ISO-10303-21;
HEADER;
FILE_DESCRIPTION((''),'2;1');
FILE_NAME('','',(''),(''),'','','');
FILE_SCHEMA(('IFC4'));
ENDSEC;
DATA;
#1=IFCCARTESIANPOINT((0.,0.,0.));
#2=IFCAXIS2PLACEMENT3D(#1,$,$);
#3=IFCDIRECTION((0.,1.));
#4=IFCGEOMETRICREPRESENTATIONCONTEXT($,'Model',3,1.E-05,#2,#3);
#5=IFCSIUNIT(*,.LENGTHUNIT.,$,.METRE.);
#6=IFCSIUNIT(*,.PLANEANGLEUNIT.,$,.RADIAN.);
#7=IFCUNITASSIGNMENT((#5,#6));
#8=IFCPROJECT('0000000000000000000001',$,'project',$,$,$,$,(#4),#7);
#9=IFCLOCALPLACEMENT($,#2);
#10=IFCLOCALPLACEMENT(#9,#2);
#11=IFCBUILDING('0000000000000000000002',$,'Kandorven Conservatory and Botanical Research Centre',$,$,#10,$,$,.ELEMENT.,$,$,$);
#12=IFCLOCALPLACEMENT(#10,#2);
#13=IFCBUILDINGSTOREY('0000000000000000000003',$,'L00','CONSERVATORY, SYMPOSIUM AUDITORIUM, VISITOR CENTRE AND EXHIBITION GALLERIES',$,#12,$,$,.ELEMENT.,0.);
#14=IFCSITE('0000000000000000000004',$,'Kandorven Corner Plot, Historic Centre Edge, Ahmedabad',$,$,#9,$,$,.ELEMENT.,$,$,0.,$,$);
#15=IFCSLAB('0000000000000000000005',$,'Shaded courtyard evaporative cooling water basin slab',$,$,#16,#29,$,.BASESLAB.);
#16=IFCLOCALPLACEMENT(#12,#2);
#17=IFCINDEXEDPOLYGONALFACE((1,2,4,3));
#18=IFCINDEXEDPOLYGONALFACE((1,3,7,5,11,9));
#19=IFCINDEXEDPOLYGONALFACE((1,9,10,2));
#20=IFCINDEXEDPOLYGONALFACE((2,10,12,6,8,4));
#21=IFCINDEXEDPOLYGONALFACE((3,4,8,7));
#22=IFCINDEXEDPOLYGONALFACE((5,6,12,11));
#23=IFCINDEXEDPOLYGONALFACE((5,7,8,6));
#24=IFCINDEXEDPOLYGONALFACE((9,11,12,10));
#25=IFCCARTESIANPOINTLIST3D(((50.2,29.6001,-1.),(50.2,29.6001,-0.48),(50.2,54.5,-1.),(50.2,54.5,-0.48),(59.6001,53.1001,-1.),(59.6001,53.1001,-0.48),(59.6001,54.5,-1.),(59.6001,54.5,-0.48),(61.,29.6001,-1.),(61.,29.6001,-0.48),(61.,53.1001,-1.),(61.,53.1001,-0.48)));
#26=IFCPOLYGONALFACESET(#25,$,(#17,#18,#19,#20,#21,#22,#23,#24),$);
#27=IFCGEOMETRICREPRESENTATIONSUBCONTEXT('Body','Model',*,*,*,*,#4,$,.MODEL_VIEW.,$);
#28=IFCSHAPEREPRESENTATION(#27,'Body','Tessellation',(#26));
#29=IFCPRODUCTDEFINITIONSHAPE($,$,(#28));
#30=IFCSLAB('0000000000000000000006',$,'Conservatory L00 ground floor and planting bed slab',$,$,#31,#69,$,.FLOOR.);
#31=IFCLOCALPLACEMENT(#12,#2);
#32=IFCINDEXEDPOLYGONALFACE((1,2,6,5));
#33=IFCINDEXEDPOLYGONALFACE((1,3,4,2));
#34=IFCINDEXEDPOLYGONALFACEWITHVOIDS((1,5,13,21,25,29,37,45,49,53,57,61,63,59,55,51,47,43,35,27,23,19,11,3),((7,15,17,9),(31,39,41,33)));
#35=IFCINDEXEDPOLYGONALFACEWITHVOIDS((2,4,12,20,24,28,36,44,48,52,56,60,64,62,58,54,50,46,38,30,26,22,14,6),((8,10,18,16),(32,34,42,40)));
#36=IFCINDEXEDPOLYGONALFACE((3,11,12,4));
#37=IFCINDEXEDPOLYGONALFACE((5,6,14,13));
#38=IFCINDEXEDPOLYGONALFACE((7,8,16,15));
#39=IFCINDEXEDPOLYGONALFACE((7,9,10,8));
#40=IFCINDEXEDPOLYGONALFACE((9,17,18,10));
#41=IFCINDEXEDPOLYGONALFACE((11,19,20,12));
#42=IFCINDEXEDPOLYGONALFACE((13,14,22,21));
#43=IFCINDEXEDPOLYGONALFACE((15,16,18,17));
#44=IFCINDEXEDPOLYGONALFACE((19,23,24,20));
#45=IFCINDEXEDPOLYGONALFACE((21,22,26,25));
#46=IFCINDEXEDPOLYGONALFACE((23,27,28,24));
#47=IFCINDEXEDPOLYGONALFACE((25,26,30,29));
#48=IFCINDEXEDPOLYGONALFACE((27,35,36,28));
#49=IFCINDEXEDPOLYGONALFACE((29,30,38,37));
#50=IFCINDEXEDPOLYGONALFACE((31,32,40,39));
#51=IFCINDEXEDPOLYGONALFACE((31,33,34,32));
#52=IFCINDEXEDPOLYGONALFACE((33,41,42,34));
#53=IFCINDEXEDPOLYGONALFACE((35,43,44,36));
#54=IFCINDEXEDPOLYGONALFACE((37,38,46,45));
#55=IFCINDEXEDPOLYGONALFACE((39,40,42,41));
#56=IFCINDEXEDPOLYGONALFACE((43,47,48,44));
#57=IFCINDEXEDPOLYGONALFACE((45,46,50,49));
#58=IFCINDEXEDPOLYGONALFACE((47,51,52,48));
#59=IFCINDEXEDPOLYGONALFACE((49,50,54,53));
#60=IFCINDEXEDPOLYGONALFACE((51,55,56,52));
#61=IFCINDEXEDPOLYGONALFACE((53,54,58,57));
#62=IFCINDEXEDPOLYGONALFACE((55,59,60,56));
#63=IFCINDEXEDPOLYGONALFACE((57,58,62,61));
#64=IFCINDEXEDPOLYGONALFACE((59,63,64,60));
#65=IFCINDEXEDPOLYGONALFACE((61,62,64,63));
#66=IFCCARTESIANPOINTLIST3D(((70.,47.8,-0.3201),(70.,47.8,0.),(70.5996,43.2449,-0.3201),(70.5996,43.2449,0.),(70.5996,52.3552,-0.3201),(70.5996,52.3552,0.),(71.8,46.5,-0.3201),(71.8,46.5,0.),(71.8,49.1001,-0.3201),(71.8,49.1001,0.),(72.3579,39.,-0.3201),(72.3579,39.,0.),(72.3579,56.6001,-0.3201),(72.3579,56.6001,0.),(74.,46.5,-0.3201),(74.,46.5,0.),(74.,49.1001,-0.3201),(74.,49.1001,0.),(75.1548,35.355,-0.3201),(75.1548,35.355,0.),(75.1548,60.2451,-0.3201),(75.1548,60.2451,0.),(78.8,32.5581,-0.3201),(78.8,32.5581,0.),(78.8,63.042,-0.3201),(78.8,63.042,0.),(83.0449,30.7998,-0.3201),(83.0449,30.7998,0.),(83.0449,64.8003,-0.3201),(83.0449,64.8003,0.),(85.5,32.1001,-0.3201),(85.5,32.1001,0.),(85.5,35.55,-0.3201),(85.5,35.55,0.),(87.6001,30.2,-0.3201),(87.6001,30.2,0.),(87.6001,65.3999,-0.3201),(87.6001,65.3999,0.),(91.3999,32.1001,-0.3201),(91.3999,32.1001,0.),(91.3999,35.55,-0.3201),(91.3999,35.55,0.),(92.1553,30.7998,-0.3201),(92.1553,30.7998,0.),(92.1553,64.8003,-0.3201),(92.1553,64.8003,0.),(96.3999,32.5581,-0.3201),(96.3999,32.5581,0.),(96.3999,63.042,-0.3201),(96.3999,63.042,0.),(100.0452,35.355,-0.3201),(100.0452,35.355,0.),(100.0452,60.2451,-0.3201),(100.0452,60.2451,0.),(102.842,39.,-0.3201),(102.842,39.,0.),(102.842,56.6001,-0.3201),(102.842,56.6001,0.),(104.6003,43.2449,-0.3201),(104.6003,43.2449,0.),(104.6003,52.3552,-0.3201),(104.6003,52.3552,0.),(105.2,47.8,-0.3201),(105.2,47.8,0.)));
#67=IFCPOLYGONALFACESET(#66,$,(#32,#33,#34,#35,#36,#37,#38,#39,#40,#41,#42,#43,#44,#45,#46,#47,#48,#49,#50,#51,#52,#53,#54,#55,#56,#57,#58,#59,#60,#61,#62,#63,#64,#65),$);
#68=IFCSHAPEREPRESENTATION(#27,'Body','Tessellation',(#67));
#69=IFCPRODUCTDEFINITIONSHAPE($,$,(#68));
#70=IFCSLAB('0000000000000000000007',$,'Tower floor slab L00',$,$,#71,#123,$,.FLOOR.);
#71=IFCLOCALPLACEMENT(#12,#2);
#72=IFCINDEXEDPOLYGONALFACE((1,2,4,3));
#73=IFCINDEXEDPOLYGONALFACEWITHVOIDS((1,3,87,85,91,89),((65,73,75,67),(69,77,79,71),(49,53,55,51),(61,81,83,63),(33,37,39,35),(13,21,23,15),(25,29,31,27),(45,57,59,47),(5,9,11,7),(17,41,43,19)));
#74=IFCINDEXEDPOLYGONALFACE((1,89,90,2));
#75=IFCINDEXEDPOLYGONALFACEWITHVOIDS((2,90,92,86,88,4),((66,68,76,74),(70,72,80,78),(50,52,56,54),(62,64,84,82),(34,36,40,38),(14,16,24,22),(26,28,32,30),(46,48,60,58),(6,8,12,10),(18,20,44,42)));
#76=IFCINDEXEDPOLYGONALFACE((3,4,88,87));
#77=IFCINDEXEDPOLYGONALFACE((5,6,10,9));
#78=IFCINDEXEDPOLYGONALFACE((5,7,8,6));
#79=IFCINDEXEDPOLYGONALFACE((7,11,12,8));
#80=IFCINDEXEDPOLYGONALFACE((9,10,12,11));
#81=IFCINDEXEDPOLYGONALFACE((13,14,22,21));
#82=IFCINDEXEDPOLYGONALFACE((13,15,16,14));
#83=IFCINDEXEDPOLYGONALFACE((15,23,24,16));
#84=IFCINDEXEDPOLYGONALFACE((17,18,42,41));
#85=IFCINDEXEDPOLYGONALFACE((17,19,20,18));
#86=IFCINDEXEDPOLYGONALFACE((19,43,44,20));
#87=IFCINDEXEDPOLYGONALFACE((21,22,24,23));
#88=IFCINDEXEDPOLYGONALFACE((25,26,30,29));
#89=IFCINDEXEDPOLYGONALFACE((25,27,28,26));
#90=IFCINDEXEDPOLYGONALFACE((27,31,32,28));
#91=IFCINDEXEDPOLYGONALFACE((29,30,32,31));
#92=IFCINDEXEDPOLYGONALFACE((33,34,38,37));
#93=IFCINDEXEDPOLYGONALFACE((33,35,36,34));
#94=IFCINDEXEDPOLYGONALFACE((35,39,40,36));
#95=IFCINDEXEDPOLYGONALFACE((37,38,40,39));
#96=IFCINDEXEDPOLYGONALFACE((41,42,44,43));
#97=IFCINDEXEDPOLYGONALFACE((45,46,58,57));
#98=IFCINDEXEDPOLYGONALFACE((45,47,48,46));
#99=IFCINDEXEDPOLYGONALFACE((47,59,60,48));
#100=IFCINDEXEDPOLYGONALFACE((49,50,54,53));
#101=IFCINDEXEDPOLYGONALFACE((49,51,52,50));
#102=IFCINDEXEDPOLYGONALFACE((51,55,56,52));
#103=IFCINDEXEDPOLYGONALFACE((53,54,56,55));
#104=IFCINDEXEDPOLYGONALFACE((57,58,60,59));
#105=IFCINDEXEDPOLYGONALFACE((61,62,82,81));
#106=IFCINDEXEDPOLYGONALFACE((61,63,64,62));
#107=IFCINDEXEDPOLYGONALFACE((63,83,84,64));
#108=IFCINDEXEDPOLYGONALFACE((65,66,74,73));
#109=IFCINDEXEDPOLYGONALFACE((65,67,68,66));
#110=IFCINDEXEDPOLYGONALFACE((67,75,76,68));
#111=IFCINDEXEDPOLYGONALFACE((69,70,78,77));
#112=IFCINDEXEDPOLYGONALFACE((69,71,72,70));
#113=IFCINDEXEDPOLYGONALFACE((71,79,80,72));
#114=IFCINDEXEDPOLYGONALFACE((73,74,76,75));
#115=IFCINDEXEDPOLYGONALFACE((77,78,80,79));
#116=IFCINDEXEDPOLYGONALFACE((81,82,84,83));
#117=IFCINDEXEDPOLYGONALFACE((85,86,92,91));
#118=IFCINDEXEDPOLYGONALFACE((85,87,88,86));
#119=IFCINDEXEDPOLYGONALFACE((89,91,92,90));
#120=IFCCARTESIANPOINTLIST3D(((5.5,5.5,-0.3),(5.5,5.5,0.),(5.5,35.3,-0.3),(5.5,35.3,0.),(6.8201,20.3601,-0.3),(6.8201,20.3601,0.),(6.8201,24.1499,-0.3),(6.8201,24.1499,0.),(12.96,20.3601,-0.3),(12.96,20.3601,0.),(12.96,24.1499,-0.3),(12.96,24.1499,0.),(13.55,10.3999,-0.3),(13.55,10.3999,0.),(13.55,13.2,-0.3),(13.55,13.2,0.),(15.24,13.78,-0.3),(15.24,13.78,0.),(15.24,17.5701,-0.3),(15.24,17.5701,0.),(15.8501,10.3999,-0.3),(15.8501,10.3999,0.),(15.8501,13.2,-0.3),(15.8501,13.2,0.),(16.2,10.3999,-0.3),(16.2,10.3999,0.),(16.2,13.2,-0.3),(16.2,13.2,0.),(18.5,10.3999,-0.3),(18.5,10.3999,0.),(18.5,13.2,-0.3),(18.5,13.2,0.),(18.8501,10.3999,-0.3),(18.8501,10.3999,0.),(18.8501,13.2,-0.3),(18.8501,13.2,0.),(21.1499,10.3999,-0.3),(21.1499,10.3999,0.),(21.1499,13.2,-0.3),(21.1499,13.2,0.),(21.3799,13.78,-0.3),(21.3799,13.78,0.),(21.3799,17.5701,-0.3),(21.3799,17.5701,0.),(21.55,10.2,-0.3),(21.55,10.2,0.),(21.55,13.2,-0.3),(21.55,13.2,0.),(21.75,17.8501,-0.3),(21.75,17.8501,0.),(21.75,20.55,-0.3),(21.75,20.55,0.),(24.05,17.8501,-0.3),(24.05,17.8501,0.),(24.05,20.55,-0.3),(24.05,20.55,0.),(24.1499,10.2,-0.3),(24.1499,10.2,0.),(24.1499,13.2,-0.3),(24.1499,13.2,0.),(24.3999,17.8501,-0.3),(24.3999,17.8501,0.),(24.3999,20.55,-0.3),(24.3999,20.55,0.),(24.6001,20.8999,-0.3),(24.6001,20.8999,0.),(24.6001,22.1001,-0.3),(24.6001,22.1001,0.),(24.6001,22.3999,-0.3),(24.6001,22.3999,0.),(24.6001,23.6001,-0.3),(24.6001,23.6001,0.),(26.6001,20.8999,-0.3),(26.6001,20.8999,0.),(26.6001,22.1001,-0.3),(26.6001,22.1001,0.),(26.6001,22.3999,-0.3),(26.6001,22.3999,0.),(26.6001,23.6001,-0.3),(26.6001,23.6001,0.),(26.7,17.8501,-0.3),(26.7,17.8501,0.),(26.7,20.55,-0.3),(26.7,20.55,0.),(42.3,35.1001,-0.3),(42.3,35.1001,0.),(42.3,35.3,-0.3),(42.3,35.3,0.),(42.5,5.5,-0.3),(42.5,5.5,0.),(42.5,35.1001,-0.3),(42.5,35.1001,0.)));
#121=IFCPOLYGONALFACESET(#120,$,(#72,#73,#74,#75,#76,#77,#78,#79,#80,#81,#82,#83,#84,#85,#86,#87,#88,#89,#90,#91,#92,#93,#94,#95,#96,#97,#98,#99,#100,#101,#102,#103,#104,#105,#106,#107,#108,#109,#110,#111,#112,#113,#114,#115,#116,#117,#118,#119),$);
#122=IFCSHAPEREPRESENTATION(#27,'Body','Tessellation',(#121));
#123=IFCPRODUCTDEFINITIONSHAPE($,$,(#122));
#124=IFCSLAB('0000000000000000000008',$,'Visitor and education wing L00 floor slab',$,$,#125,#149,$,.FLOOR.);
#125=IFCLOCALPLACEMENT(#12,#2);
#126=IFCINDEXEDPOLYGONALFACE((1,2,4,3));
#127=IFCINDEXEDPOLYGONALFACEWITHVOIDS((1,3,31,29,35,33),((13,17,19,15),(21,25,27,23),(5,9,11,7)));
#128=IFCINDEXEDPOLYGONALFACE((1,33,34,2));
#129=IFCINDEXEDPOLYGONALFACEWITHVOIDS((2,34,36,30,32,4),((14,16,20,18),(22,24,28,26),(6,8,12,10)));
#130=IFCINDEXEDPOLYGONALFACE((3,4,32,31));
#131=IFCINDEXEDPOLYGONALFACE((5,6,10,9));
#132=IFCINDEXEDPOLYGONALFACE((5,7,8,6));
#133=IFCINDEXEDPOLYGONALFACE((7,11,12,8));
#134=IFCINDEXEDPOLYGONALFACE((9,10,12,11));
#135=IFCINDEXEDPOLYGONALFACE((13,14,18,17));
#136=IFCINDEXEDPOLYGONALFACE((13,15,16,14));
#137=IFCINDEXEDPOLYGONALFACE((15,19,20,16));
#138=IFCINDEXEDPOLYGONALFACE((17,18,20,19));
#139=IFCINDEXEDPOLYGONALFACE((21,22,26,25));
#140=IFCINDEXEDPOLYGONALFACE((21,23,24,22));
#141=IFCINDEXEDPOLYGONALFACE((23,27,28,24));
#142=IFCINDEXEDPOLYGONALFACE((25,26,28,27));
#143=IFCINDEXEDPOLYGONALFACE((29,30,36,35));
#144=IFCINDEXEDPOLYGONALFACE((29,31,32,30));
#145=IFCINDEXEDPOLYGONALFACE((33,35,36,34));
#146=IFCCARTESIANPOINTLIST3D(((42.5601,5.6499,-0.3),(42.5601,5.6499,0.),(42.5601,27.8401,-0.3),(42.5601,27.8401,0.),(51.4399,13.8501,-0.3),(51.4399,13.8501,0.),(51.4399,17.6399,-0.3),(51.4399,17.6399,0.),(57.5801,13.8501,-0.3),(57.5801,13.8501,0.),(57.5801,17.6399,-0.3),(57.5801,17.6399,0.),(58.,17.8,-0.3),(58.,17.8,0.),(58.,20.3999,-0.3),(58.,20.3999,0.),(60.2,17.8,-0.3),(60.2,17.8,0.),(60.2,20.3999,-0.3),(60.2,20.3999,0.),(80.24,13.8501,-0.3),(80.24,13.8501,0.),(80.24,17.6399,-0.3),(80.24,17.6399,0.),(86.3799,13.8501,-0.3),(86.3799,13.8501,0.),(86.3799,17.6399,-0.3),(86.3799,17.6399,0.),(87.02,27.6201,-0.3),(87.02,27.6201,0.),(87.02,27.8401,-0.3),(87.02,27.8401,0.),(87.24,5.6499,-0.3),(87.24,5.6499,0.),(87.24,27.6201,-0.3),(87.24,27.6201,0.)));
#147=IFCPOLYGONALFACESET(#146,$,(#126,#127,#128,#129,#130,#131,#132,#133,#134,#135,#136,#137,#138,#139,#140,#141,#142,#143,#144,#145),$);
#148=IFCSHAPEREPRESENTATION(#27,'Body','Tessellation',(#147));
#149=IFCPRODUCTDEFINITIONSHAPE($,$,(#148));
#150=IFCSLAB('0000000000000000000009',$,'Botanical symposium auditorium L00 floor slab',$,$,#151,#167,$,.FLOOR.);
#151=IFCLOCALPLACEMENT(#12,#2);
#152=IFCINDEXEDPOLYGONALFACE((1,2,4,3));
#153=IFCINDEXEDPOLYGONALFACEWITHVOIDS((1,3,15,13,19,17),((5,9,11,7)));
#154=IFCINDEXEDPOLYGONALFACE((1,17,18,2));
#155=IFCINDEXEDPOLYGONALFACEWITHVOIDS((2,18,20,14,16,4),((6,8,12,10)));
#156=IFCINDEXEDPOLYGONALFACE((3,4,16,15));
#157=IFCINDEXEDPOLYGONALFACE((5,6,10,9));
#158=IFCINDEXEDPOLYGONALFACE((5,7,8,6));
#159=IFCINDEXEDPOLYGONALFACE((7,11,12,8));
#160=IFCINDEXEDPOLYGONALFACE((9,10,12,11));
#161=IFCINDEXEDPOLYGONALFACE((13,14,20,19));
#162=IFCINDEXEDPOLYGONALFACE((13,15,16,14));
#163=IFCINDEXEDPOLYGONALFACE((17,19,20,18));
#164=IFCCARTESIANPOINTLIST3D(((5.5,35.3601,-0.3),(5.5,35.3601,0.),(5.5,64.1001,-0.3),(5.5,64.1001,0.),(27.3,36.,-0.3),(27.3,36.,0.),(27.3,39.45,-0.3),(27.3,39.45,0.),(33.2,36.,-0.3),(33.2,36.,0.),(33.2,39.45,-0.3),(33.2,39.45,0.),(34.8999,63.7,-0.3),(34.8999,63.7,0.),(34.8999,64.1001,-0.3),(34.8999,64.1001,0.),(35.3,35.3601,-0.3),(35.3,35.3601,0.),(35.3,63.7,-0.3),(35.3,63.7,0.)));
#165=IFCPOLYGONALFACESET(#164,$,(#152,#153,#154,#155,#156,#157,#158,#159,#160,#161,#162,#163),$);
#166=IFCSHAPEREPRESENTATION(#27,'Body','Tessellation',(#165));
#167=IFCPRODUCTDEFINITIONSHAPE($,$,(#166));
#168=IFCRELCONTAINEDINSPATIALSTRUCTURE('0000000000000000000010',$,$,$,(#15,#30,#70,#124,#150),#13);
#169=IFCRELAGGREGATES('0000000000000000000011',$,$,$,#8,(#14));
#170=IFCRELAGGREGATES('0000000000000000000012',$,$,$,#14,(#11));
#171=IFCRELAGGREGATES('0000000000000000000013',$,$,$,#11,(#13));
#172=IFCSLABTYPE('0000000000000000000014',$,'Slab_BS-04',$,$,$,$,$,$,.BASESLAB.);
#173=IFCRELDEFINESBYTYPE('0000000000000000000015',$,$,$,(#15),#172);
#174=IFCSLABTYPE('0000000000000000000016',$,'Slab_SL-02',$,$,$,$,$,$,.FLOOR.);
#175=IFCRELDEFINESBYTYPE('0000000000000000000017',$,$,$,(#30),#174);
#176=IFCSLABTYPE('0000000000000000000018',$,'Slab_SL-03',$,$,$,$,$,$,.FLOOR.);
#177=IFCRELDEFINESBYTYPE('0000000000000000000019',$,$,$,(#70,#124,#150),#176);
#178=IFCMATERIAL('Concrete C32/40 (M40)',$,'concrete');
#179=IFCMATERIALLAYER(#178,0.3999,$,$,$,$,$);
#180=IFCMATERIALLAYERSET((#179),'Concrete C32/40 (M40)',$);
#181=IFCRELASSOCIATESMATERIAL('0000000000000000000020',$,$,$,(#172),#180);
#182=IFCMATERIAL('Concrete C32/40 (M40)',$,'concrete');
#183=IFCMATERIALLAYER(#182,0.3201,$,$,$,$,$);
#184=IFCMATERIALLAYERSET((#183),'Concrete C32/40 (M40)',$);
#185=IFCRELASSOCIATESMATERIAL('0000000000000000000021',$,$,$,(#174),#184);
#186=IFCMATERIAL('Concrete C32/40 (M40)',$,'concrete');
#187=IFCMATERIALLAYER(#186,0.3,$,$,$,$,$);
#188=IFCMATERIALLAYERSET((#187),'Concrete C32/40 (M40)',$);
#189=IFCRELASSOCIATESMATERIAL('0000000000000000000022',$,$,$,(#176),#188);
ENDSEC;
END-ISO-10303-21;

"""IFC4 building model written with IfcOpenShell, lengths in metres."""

from ifc_helpers import new_model, si_unit, direction, frame, origin, place, context, subcontext, project, spatial, polyline, outline, extrude, material, layer, layer_set, type_object, element, save


model = new_model("IFC4")

# Units and contexts
model_context = context("Model", 3, precision=1e-05, world=origin(), true_north=direction((0.0, 1.0)))
body_context = subcontext(model_context, "Body", "Model", "MODEL_VIEW")
ifc_project = project(units=[si_unit("LENGTHUNIT", "METRE"), si_unit("PLANEANGLEUNIT", "RADIAN")], contexts=[model_context])

# Site, building, storey
site_placement = place(None, origin())
site = spatial("IfcSite", under=ifc_project, at=site_placement, Name="Kandorven Corner Plot, Historic Centre Edge, Ahmedabad", CompositionType="ELEMENT", RefElevation=0.0)
building_placement = place(site_placement, origin())
building = spatial("IfcBuilding", under=site, at=building_placement, Name="Kandorven Conservatory and Botanical Research Centre", CompositionType="ELEMENT")
storey_placement = place(building_placement, origin())
storey = spatial("IfcBuildingStorey", under=building, at=storey_placement, Name="L00", Description="CONSERVATORY, SYMPOSIUM AUDITORIUM, VISITOR CENTRE AND EXHIBITION GALLERIES", CompositionType="ELEMENT", Elevation=0.0)

# Slabs
ifc_material_1 = material(Name="Concrete C32/40 (M40)", Category="concrete")
ifc_layer_1 = layer(ifc_material_1, 0.3999)
ifc_layer_set_1 = layer_set([ifc_layer_1], Name="Concrete C32/40 (M40)")
slab_type_1 = type_object("IfcSlabType", Name="Slab_BS-04", PredefinedType="BASESLAB", material=ifc_layer_set_1)
slab_1_placement = place(storey_placement, frame((0.0, 0.0, -1.0)))
element("IfcSlab", 1, at=slab_1_placement, inside=storey, type_object=slab_type_1, Name="Shaded courtyard evaporative cooling water basin slab", PredefinedType="BASESLAB", context=body_context, shape_type="SweptSolid", body=[
    extrude(outline(polyline([(50.2, 29.6001), (61.0, 29.6001), (61.0, 53.1001), (59.6001, 53.1001), (59.6001, 54.5), (50.2, 54.5), (50.2, 29.6001)])), origin(), (0.0, 0.0, 1.0), 0.52),
])
ifc_material_2 = material(Name="Concrete C32/40 (M40)", Category="concrete")
ifc_layer_2 = layer(ifc_material_2, 0.3201)
ifc_layer_set_2 = layer_set([ifc_layer_2], Name="Concrete C32/40 (M40)")
slab_type_2 = type_object("IfcSlabType", Name="Slab_SL-02", PredefinedType="FLOOR", material=ifc_layer_set_2)
slab_2_placement = place(storey_placement, frame((0.0, 0.0, -0.3201)))
element("IfcSlab", 2, at=slab_2_placement, inside=storey, type_object=slab_type_2, Name="Conservatory L00 ground floor and planting bed slab", PredefinedType="FLOOR", context=body_context, shape_type="SweptSolid", body=[
    extrude(outline(polyline([(105.2, 47.8), (104.6003, 52.3552), (102.842, 56.6001), (100.0452, 60.2451), (96.3999, 63.042), (92.1553, 64.8003), (87.6001, 65.3999), (83.0449, 64.8003), (78.8, 63.042), (75.1548, 60.2451), (72.3579, 56.6001), (70.5996, 52.3552), (70.0, 47.8), (70.5996, 43.2449), (72.3579, 39.0), (75.1548, 35.355), (78.8, 32.5581), (83.0449, 30.7998), (87.6001, 30.2), (92.1553, 30.7998), (96.3999, 32.5581), (100.0452, 35.355), (102.842, 39.0), (104.6003, 43.2449), (105.2, 47.8)]), holes=[polyline([(85.5, 32.1001), (91.3999, 32.1001), (91.3999, 35.55), (85.5, 35.55), (85.5, 32.1001)]), polyline([(71.8, 46.5), (74.0, 46.5), (74.0, 49.1001), (71.8, 49.1001), (71.8, 46.5)])]), origin(), (0.0, 0.0, 1.0), 0.3201),
])
ifc_material_3 = material(Name="Concrete C32/40 (M40)", Category="concrete")
ifc_layer_3 = layer(ifc_material_3, 0.3)
ifc_layer_set_3 = layer_set([ifc_layer_3], Name="Concrete C32/40 (M40)")
slab_type_3 = type_object("IfcSlabType", Name="Slab_SL-03", PredefinedType="FLOOR", material=ifc_layer_set_3)
slab_3_placement = place(storey_placement, frame((0.0, 0.0, -0.3)))
element("IfcSlab", 3, at=slab_3_placement, inside=storey, type_object=slab_type_3, Name="Tower floor slab L00", PredefinedType="FLOOR", context=body_context, shape_type="SweptSolid", body=[
    extrude(outline(polyline([(5.5, 5.5), (42.5, 5.5), (42.5, 35.1001), (42.3, 35.1001), (42.3, 35.3), (5.5, 35.3), (5.5, 5.5)]), holes=[polyline([(15.24, 13.78), (21.3799, 13.78), (21.3799, 17.5701), (15.24, 17.5701), (15.24, 13.78)]), polyline([(12.96, 24.1499), (6.8201, 24.1499), (6.8201, 20.3601), (12.96, 20.3601), (12.96, 24.1499)]), polyline([(21.75, 17.8501), (24.05, 17.8501), (24.05, 20.55), (21.75, 20.55), (21.75, 17.8501)]), polyline([(24.3999, 17.8501), (26.7, 17.8501), (26.7, 20.55), (24.3999, 20.55), (24.3999, 17.8501)]), polyline([(13.55, 10.3999), (15.8501, 10.3999), (15.8501, 13.2), (13.55, 13.2), (13.55, 10.3999)]), polyline([(16.2, 10.3999), (18.5, 10.3999), (18.5, 13.2), (16.2, 13.2), (16.2, 10.3999)]), polyline([(18.8501, 10.3999), (21.1499, 10.3999), (21.1499, 13.2), (18.8501, 13.2), (18.8501, 10.3999)]), polyline([(21.55, 10.2), (24.1499, 10.2), (24.1499, 13.2), (21.55, 13.2), (21.55, 10.2)]), polyline([(24.6001, 20.8999), (26.6001, 20.8999), (26.6001, 22.1001), (24.6001, 22.1001), (24.6001, 20.8999)]), polyline([(24.6001, 22.3999), (26.6001, 22.3999), (26.6001, 23.6001), (24.6001, 23.6001), (24.6001, 22.3999)])]), origin(), (0.0, 0.0, 1.0), 0.3),
])
slab_4_placement = place(storey_placement, frame((0.0, 0.0, -0.3)))
element("IfcSlab", 4, at=slab_4_placement, inside=storey, type_object=slab_type_3, Name="Visitor and education wing L00 floor slab", PredefinedType="FLOOR", context=body_context, shape_type="SweptSolid", body=[
    extrude(outline(polyline([(42.5601, 5.6499), (87.24, 5.6499), (87.24, 27.6201), (87.02, 27.6201), (87.02, 27.8401), (42.5601, 27.8401), (42.5601, 5.6499)]), holes=[polyline([(51.4399, 13.8501), (57.5801, 13.8501), (57.5801, 17.6399), (51.4399, 17.6399), (51.4399, 13.8501)]), polyline([(80.24, 13.8501), (86.3799, 13.8501), (86.3799, 17.6399), (80.24, 17.6399), (80.24, 13.8501)]), polyline([(58.0, 17.8), (60.2, 17.8), (60.2, 20.3999), (58.0, 20.3999), (58.0, 17.8)])]), origin(), (0.0, 0.0, 1.0), 0.3),
])
slab_5_placement = place(storey_placement, frame((0.0, 0.0, -0.3)))
element("IfcSlab", 5, at=slab_5_placement, inside=storey, type_object=slab_type_3, Name="Botanical symposium auditorium L00 floor slab", PredefinedType="FLOOR", context=body_context, shape_type="SweptSolid", body=[
    extrude(outline(polyline([(5.5, 35.3601), (35.3, 35.3601), (35.3, 63.7), (34.8999, 63.7), (34.8999, 64.1001), (5.5, 64.1001), (5.5, 35.3601)]), holes=[polyline([(27.3, 36.0), (33.2, 36.0), (33.2, 39.45), (27.3, 39.45), (27.3, 36.0)])]), origin(), (0.0, 0.0, 1.0), 0.3),
])

save(model, "model.ifc")
